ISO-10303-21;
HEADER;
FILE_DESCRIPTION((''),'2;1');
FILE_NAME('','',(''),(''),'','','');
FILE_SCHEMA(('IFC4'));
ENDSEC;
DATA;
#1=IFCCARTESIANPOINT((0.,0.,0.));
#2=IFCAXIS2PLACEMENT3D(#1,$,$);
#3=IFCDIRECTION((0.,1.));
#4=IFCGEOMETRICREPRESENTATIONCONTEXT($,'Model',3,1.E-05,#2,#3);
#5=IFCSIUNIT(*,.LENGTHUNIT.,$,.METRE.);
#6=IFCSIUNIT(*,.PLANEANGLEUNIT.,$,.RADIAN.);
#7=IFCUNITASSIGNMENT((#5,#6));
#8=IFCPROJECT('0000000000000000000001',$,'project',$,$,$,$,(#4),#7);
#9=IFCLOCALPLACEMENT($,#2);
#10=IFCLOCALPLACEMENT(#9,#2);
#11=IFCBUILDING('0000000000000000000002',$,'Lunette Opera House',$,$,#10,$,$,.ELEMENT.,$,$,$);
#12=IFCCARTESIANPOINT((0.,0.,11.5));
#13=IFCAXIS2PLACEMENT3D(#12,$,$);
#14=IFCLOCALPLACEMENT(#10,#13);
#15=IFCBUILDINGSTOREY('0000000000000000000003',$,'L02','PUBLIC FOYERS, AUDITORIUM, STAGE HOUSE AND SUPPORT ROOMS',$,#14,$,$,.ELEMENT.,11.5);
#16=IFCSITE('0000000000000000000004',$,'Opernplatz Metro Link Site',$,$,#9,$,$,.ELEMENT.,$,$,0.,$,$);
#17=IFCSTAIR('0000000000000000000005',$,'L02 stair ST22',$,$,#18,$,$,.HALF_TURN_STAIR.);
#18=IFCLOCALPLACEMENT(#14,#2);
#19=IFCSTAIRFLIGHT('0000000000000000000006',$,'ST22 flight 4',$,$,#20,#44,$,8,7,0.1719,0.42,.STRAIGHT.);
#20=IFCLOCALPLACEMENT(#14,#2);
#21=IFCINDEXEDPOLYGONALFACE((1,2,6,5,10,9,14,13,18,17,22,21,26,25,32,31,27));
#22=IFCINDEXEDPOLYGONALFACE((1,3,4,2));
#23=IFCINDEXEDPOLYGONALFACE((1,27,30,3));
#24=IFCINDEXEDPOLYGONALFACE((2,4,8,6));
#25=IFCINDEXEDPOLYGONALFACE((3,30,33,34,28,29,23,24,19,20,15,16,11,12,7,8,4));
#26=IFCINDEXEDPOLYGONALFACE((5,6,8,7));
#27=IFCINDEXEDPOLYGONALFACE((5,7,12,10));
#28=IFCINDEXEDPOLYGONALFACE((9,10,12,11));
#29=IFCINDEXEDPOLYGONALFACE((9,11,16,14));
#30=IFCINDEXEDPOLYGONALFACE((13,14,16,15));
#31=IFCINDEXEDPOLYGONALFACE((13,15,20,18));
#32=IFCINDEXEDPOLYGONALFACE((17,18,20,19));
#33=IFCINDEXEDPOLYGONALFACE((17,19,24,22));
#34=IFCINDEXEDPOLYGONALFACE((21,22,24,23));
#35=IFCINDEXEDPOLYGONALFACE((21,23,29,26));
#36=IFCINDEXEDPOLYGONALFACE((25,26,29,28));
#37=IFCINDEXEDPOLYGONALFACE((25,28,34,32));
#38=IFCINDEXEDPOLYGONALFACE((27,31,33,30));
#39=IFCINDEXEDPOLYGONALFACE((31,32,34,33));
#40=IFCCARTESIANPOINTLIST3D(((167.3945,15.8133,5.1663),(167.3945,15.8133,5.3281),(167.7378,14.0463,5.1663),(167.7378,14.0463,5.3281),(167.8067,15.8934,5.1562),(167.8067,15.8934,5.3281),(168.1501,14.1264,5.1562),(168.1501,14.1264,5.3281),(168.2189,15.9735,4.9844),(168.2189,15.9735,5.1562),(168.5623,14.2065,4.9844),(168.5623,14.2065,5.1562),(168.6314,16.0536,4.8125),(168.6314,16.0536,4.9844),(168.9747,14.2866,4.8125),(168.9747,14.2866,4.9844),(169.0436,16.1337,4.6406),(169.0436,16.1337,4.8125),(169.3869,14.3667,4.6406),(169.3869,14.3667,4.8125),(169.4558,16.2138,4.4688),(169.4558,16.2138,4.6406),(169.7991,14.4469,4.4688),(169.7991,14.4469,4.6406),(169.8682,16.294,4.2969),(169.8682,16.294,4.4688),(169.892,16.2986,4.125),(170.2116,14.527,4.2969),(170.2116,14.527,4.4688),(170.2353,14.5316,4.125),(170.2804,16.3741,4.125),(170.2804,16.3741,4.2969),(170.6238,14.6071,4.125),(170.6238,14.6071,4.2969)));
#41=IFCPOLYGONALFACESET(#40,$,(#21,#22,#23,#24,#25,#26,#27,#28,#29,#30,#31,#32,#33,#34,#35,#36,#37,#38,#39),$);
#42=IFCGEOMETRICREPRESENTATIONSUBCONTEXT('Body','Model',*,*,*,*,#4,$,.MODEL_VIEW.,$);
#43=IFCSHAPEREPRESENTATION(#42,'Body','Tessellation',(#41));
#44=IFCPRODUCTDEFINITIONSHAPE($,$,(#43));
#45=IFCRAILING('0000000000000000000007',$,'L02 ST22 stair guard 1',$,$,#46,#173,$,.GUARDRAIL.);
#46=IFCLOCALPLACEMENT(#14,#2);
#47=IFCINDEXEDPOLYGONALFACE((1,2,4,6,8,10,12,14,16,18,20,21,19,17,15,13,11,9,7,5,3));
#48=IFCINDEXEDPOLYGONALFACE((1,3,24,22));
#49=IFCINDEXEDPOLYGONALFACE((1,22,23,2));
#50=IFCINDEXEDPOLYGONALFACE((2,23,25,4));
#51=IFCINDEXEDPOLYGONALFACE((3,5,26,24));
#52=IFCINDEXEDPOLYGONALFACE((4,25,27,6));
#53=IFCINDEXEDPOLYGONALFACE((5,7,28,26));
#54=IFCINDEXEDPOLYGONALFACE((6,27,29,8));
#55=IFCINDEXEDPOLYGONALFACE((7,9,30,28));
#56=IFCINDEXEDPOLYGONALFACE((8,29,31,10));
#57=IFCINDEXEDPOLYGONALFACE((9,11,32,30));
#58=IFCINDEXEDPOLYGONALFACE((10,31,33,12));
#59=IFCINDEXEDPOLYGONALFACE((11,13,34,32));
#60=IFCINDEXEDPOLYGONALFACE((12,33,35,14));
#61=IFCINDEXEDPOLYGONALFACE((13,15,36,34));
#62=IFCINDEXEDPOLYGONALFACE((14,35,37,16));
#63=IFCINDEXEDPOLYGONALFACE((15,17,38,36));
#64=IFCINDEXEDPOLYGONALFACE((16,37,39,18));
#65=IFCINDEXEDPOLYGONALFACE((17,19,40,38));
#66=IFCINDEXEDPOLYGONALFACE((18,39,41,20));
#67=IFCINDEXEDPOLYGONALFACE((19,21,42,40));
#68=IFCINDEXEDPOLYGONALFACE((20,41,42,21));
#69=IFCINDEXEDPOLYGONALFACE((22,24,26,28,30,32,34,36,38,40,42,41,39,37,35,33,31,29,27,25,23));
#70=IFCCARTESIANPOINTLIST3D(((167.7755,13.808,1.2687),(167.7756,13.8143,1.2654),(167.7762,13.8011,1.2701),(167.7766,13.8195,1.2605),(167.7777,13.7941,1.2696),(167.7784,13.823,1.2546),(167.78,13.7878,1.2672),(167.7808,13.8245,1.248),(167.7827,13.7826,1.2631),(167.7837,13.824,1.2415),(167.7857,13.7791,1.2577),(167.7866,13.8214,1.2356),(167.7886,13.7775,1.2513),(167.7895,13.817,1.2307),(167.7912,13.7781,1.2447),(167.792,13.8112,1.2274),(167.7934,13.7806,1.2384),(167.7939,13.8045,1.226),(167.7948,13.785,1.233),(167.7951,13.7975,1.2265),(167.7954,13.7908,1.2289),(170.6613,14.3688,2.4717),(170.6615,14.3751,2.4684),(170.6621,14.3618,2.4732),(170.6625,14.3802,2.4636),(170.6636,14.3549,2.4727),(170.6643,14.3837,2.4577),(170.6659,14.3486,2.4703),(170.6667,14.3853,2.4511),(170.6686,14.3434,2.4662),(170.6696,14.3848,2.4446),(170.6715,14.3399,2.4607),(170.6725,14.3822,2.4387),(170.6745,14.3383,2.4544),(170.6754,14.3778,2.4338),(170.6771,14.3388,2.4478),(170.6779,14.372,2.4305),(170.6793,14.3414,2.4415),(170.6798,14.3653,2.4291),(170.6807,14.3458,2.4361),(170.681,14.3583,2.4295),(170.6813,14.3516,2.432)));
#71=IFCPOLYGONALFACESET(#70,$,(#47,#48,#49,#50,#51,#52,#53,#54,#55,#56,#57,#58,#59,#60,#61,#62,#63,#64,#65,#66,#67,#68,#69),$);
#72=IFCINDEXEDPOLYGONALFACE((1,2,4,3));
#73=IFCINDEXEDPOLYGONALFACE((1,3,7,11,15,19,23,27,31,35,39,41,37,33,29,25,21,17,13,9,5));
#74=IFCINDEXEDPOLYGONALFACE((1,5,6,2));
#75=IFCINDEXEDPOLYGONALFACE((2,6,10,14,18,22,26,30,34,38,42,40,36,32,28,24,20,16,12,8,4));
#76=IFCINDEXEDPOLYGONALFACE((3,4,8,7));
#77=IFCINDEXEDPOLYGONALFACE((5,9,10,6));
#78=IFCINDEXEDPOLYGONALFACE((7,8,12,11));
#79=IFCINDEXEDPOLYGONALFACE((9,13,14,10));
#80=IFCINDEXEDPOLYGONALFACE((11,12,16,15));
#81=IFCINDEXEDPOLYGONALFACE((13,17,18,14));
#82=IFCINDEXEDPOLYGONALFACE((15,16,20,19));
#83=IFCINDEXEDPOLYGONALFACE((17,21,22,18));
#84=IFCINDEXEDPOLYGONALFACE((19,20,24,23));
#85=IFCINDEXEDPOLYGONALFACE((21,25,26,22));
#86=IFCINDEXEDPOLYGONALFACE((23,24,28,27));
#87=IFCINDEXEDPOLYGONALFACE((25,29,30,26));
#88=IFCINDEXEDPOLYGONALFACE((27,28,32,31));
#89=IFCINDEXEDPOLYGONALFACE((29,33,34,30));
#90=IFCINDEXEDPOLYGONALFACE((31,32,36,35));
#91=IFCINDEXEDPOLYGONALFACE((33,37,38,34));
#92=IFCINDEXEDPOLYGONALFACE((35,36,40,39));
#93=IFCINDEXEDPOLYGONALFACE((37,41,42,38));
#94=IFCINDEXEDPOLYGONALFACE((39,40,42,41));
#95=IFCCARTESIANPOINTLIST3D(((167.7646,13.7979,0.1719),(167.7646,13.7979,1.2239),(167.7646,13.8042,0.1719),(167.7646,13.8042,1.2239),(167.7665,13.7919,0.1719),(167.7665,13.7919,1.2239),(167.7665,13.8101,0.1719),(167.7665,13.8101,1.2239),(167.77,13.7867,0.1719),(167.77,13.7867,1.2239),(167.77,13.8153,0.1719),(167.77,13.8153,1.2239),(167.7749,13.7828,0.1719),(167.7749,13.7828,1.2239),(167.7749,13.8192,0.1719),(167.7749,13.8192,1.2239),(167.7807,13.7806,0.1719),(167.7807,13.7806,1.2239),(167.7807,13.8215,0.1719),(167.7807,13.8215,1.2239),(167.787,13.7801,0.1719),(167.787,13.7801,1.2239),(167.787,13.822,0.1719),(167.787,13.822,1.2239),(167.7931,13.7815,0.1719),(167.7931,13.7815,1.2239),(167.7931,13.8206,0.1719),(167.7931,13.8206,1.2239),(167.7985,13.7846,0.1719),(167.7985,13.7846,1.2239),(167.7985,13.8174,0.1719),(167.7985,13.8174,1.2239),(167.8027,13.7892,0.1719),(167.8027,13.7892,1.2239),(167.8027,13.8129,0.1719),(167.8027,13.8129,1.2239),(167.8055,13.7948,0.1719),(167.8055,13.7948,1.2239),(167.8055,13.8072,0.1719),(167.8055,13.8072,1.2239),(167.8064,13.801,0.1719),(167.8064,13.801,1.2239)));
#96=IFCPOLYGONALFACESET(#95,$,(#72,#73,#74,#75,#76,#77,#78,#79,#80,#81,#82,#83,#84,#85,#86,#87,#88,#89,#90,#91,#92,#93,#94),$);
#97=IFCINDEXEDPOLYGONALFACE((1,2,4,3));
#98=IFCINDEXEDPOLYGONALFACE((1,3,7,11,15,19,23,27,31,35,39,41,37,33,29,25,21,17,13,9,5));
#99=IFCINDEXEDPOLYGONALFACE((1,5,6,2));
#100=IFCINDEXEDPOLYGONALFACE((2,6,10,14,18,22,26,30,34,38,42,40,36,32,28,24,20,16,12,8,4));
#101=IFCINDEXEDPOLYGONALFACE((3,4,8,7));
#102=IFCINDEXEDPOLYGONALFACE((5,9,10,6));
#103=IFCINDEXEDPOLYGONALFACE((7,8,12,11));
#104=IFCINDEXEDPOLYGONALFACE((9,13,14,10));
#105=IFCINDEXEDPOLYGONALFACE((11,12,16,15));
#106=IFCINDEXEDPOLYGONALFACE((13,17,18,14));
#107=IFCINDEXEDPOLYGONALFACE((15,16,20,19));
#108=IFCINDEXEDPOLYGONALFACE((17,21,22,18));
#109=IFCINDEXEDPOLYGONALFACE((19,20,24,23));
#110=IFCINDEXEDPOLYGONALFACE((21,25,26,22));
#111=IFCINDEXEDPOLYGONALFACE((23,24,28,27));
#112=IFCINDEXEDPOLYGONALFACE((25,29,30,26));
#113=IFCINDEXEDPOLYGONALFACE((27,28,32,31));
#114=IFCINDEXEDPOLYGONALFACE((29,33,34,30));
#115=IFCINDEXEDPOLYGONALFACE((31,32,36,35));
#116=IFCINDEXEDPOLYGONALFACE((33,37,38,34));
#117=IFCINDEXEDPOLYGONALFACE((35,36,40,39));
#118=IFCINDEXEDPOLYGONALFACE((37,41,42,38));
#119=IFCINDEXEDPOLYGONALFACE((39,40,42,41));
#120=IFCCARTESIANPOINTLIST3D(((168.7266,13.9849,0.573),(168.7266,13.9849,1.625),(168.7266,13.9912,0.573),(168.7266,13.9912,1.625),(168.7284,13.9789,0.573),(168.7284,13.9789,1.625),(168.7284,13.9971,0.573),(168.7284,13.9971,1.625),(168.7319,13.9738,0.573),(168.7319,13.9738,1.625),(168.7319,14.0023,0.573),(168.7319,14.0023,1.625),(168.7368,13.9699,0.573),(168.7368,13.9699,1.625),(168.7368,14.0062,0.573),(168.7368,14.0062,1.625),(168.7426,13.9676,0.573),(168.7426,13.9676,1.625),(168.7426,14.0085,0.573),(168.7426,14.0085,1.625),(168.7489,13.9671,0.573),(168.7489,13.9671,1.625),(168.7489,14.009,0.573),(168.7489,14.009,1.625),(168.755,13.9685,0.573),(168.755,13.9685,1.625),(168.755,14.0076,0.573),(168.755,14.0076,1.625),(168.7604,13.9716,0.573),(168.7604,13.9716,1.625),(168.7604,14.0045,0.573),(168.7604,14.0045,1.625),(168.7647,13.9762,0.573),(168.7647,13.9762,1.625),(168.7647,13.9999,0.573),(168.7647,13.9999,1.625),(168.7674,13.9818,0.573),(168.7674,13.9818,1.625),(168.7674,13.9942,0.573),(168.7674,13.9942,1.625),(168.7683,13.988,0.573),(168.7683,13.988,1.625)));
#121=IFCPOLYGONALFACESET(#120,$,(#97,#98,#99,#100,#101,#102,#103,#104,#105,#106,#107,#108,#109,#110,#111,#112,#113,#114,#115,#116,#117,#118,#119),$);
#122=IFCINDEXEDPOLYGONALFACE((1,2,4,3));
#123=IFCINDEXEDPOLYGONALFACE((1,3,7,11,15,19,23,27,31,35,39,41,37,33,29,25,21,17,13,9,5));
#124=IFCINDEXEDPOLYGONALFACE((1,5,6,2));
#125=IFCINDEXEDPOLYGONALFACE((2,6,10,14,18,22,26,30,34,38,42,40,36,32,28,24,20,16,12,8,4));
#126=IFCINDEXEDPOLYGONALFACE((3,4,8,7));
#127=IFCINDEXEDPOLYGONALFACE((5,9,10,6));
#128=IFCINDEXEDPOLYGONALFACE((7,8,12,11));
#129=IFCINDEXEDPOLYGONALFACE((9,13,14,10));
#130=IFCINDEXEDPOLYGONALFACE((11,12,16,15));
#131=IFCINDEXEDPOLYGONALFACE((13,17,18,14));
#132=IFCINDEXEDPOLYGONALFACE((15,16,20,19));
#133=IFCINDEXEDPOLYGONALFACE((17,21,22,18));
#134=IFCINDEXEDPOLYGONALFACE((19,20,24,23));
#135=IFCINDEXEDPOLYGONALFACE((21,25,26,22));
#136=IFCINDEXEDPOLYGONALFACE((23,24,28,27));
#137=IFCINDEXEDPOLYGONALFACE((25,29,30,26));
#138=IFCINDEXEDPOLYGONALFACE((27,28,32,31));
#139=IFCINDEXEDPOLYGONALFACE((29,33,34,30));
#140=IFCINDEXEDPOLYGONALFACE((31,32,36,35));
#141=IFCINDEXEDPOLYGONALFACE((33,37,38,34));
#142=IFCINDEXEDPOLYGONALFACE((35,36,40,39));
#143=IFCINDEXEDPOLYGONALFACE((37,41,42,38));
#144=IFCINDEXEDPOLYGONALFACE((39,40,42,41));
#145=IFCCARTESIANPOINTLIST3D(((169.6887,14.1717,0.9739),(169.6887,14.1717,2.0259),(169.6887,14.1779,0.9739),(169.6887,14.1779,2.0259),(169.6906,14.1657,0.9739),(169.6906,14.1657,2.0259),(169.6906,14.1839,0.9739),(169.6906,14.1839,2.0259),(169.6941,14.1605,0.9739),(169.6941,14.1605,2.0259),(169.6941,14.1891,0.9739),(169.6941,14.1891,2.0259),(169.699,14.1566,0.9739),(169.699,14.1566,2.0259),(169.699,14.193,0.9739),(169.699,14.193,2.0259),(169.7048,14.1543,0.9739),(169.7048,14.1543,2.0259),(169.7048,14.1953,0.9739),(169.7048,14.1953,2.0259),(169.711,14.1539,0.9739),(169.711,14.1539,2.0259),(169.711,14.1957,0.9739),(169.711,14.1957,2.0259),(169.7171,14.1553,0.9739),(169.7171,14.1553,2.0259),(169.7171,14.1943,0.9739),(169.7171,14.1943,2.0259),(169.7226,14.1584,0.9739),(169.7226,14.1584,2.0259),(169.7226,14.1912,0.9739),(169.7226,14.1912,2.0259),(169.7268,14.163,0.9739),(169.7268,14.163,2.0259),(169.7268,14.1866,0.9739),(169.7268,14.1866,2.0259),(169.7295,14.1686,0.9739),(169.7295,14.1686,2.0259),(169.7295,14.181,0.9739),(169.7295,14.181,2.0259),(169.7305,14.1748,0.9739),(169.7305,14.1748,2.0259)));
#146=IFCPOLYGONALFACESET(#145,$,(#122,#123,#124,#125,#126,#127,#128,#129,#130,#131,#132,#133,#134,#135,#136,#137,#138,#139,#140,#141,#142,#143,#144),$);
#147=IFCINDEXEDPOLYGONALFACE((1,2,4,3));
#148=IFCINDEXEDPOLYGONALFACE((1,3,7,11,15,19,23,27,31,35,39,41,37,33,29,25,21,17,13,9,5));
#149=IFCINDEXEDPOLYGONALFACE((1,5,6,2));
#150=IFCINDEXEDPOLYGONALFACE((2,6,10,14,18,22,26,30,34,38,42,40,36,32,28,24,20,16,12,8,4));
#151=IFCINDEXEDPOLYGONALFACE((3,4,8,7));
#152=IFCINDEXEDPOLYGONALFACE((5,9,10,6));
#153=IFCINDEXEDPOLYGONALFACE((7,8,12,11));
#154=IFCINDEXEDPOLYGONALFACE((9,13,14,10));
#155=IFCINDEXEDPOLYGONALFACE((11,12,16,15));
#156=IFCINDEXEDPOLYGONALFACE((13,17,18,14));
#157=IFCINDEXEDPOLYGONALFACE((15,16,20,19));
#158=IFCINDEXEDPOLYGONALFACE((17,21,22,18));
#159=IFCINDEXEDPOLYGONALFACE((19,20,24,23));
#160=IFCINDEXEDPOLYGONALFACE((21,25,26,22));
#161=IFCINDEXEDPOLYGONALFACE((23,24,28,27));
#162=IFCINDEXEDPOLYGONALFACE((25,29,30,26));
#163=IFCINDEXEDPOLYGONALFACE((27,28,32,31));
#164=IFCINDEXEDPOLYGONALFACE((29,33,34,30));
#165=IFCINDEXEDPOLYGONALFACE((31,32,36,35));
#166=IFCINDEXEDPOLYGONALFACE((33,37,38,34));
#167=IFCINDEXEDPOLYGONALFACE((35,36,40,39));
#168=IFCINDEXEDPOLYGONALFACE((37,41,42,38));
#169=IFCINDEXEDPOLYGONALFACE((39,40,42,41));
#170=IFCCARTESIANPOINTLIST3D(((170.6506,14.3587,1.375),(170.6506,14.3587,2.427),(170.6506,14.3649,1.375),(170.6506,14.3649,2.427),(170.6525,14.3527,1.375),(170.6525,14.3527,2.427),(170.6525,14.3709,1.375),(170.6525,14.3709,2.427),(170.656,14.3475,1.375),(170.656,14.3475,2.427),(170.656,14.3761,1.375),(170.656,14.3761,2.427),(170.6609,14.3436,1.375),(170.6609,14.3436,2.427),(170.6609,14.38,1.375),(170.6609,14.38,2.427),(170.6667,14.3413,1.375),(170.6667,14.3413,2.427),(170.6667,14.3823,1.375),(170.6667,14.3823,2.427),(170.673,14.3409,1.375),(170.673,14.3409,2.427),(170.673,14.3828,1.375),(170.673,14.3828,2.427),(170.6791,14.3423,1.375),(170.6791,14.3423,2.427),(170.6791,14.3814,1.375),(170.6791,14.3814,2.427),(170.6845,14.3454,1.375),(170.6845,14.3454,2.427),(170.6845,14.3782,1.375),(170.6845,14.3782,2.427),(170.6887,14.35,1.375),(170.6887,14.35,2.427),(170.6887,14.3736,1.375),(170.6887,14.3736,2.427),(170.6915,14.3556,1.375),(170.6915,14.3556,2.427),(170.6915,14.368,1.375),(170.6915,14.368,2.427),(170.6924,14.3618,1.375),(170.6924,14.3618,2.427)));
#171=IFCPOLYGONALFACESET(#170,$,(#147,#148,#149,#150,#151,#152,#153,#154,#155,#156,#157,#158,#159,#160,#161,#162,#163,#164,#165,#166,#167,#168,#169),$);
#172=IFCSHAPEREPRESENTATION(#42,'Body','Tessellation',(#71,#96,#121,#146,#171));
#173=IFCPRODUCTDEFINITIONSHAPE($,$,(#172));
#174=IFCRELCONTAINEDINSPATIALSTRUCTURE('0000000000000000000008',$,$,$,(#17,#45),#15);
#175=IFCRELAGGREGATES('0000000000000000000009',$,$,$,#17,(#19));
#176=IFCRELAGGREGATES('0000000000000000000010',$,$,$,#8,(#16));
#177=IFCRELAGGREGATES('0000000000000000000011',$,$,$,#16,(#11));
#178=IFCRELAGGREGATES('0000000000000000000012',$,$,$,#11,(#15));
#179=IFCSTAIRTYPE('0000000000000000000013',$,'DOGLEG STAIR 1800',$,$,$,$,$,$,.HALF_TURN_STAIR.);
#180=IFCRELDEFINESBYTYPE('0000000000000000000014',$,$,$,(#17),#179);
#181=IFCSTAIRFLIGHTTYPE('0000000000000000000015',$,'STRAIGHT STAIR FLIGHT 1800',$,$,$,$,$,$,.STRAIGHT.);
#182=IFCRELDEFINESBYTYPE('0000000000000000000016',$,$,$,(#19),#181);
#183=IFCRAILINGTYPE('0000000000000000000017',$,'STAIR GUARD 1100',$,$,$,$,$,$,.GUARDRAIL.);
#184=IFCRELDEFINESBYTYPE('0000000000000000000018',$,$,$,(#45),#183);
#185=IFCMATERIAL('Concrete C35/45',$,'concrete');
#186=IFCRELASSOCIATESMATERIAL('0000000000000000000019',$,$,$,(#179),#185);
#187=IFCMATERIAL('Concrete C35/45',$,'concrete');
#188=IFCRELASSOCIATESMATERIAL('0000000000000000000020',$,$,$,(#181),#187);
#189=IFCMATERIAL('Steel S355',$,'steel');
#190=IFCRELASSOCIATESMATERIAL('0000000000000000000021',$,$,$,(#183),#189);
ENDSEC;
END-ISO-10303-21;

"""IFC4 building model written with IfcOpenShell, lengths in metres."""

from ifc_helpers import new_model, si_unit, direction, frame, origin, origin_2d, place, context, subcontext, project, spatial, polyline, circle, outline, extrude, material, type_object, element, aggregate, save


model = new_model("IFC4")

# Units and contexts
model_context = context("Model", 3, precision=1e-05, world=origin(), true_north=direction((0.0, 1.0)))
body_context = subcontext(model_context, "Body", "Model", "MODEL_VIEW")
ifc_project = project(units=[si_unit("LENGTHUNIT", "METRE"), si_unit("PLANEANGLEUNIT", "RADIAN")], contexts=[model_context])

# Site, building, storey
site_placement = place(None, origin())
site = spatial("IfcSite", under=ifc_project, at=site_placement, Name="Opernplatz Metro Link Site", CompositionType="ELEMENT", RefElevation=0.0)
building_placement = place(site_placement, origin())
building = spatial("IfcBuilding", under=site, at=building_placement, Name="Lunette Opera House", CompositionType="ELEMENT")
storey_placement = place(building_placement, frame((0.0, 0.0, 11.5)))
storey = spatial("IfcBuildingStorey", under=building, at=storey_placement, Name="L02", Description="PUBLIC FOYERS, AUDITORIUM, STAGE HOUSE AND SUPPORT ROOMS", CompositionType="ELEMENT", Elevation=11.5)

# Stair, stair flight
ifc_material_1 = material(Name="Concrete C35/45", Category="concrete")
stair_type = type_object("IfcStairType", Name="DOGLEG STAIR 1800", PredefinedType="HALF_TURN_STAIR", material=ifc_material_1)
stair_placement = place(storey_placement, origin())
stair = element("IfcStair", 1, at=stair_placement, inside=storey, type_object=stair_type, Name="L02 stair ST22", PredefinedType="HALF_TURN_STAIR")
ifc_material_2 = material(Name="Concrete C35/45", Category="concrete")
stair_flight_type = type_object("IfcStairFlightType", Name="STRAIGHT STAIR FLIGHT 1800", PredefinedType="STRAIGHT", material=ifc_material_2)
stair_flight_1_placement = place(storey_placement, frame((170.4521, 15.4905, 4.125), z_axis=(0.0, 0.0, 1.0), x_axis=(-0.981638, -0.190753, 0.0)))
stair_flight_1 = element("IfcStairFlight", 2, at=stair_flight_1_placement, type_object=stair_flight_type, Name="ST22 flight 4", NumberOfRisers=8, NumberOfTreads=7, PredefinedType="STRAIGHT", RiserHeight=0.1719, TreadLength=0.42, context=body_context, shape_type="SweptSolid", body=[
    extrude(outline(polyline([(0.0, 0.0), (0.0, 0.1719), (0.4199, 0.1719), (0.4199, 0.3438), (0.8401, 0.3438), (0.8401, 0.5156), (1.26, 0.5156), (1.26, 0.6875), (1.6799, 0.6875), (1.6799, 0.8594), (2.1001, 0.8594), (2.1001, 1.0312), (2.52, 1.0312), (2.52, 1.2031), (2.9399, 1.2031), (2.9399, 1.375), (2.9399, 1.0413), (0.3958, 0.0), (0.0, 0.0)])), frame((0.0, 0.8999, 0.0), z_axis=(0.0, -1.0, 0.0), x_axis=(1.0, 0.0, 0.0)), (0.0, 0.0, 1.0), 1.8),
])
aggregate(stair, [stair_flight_1])

# Railing
ifc_material_3 = material(Name="Steel S355", Category="steel")
railing_type_1 = type_object("IfcRailingType", Name="STAIR GUARD 1100", PredefinedType="GUARDRAIL", material=ifc_material_3)
railing_1_placement = place(storey_placement, frame((167.7854, 13.801, 0.1719)))
element("IfcRailing", 3, at=railing_1_placement, inside=storey, type_object=railing_type_1, Name="L02 ST22 stair guard 1", PredefinedType="GUARDRAIL", context=body_context, shape_type="SweptSolid", body=[
    extrude(circle(Radius=0.0239, at=origin_2d()), frame((0.0, 0.0, 1.0762), z_axis=(0.908509, 0.176537, 0.378744), x_axis=(-0.190747, 0.981639, 0.0)), (0.0, 0.0, 1.0), 3.1765),
    extrude(circle(Radius=0.021, at=origin_2d()), origin(), (0.0, 0.0, 1.0), 1.052),
    extrude(circle(Radius=0.021, at=origin_2d()), frame((0.9619, 0.187, 0.4011)), (0.0, 0.0, 1.0), 1.052),
    extrude(circle(Radius=0.021, at=origin_2d()), frame((1.9241, 0.3738, 0.802)), (0.0, 0.0, 1.0), 1.052),
    extrude(circle(Radius=0.021, at=origin_2d()), frame((2.886, 0.5608, 1.2031)), (0.0, 0.0, 1.0), 1.052),
])

save(model, "model.ifc")
